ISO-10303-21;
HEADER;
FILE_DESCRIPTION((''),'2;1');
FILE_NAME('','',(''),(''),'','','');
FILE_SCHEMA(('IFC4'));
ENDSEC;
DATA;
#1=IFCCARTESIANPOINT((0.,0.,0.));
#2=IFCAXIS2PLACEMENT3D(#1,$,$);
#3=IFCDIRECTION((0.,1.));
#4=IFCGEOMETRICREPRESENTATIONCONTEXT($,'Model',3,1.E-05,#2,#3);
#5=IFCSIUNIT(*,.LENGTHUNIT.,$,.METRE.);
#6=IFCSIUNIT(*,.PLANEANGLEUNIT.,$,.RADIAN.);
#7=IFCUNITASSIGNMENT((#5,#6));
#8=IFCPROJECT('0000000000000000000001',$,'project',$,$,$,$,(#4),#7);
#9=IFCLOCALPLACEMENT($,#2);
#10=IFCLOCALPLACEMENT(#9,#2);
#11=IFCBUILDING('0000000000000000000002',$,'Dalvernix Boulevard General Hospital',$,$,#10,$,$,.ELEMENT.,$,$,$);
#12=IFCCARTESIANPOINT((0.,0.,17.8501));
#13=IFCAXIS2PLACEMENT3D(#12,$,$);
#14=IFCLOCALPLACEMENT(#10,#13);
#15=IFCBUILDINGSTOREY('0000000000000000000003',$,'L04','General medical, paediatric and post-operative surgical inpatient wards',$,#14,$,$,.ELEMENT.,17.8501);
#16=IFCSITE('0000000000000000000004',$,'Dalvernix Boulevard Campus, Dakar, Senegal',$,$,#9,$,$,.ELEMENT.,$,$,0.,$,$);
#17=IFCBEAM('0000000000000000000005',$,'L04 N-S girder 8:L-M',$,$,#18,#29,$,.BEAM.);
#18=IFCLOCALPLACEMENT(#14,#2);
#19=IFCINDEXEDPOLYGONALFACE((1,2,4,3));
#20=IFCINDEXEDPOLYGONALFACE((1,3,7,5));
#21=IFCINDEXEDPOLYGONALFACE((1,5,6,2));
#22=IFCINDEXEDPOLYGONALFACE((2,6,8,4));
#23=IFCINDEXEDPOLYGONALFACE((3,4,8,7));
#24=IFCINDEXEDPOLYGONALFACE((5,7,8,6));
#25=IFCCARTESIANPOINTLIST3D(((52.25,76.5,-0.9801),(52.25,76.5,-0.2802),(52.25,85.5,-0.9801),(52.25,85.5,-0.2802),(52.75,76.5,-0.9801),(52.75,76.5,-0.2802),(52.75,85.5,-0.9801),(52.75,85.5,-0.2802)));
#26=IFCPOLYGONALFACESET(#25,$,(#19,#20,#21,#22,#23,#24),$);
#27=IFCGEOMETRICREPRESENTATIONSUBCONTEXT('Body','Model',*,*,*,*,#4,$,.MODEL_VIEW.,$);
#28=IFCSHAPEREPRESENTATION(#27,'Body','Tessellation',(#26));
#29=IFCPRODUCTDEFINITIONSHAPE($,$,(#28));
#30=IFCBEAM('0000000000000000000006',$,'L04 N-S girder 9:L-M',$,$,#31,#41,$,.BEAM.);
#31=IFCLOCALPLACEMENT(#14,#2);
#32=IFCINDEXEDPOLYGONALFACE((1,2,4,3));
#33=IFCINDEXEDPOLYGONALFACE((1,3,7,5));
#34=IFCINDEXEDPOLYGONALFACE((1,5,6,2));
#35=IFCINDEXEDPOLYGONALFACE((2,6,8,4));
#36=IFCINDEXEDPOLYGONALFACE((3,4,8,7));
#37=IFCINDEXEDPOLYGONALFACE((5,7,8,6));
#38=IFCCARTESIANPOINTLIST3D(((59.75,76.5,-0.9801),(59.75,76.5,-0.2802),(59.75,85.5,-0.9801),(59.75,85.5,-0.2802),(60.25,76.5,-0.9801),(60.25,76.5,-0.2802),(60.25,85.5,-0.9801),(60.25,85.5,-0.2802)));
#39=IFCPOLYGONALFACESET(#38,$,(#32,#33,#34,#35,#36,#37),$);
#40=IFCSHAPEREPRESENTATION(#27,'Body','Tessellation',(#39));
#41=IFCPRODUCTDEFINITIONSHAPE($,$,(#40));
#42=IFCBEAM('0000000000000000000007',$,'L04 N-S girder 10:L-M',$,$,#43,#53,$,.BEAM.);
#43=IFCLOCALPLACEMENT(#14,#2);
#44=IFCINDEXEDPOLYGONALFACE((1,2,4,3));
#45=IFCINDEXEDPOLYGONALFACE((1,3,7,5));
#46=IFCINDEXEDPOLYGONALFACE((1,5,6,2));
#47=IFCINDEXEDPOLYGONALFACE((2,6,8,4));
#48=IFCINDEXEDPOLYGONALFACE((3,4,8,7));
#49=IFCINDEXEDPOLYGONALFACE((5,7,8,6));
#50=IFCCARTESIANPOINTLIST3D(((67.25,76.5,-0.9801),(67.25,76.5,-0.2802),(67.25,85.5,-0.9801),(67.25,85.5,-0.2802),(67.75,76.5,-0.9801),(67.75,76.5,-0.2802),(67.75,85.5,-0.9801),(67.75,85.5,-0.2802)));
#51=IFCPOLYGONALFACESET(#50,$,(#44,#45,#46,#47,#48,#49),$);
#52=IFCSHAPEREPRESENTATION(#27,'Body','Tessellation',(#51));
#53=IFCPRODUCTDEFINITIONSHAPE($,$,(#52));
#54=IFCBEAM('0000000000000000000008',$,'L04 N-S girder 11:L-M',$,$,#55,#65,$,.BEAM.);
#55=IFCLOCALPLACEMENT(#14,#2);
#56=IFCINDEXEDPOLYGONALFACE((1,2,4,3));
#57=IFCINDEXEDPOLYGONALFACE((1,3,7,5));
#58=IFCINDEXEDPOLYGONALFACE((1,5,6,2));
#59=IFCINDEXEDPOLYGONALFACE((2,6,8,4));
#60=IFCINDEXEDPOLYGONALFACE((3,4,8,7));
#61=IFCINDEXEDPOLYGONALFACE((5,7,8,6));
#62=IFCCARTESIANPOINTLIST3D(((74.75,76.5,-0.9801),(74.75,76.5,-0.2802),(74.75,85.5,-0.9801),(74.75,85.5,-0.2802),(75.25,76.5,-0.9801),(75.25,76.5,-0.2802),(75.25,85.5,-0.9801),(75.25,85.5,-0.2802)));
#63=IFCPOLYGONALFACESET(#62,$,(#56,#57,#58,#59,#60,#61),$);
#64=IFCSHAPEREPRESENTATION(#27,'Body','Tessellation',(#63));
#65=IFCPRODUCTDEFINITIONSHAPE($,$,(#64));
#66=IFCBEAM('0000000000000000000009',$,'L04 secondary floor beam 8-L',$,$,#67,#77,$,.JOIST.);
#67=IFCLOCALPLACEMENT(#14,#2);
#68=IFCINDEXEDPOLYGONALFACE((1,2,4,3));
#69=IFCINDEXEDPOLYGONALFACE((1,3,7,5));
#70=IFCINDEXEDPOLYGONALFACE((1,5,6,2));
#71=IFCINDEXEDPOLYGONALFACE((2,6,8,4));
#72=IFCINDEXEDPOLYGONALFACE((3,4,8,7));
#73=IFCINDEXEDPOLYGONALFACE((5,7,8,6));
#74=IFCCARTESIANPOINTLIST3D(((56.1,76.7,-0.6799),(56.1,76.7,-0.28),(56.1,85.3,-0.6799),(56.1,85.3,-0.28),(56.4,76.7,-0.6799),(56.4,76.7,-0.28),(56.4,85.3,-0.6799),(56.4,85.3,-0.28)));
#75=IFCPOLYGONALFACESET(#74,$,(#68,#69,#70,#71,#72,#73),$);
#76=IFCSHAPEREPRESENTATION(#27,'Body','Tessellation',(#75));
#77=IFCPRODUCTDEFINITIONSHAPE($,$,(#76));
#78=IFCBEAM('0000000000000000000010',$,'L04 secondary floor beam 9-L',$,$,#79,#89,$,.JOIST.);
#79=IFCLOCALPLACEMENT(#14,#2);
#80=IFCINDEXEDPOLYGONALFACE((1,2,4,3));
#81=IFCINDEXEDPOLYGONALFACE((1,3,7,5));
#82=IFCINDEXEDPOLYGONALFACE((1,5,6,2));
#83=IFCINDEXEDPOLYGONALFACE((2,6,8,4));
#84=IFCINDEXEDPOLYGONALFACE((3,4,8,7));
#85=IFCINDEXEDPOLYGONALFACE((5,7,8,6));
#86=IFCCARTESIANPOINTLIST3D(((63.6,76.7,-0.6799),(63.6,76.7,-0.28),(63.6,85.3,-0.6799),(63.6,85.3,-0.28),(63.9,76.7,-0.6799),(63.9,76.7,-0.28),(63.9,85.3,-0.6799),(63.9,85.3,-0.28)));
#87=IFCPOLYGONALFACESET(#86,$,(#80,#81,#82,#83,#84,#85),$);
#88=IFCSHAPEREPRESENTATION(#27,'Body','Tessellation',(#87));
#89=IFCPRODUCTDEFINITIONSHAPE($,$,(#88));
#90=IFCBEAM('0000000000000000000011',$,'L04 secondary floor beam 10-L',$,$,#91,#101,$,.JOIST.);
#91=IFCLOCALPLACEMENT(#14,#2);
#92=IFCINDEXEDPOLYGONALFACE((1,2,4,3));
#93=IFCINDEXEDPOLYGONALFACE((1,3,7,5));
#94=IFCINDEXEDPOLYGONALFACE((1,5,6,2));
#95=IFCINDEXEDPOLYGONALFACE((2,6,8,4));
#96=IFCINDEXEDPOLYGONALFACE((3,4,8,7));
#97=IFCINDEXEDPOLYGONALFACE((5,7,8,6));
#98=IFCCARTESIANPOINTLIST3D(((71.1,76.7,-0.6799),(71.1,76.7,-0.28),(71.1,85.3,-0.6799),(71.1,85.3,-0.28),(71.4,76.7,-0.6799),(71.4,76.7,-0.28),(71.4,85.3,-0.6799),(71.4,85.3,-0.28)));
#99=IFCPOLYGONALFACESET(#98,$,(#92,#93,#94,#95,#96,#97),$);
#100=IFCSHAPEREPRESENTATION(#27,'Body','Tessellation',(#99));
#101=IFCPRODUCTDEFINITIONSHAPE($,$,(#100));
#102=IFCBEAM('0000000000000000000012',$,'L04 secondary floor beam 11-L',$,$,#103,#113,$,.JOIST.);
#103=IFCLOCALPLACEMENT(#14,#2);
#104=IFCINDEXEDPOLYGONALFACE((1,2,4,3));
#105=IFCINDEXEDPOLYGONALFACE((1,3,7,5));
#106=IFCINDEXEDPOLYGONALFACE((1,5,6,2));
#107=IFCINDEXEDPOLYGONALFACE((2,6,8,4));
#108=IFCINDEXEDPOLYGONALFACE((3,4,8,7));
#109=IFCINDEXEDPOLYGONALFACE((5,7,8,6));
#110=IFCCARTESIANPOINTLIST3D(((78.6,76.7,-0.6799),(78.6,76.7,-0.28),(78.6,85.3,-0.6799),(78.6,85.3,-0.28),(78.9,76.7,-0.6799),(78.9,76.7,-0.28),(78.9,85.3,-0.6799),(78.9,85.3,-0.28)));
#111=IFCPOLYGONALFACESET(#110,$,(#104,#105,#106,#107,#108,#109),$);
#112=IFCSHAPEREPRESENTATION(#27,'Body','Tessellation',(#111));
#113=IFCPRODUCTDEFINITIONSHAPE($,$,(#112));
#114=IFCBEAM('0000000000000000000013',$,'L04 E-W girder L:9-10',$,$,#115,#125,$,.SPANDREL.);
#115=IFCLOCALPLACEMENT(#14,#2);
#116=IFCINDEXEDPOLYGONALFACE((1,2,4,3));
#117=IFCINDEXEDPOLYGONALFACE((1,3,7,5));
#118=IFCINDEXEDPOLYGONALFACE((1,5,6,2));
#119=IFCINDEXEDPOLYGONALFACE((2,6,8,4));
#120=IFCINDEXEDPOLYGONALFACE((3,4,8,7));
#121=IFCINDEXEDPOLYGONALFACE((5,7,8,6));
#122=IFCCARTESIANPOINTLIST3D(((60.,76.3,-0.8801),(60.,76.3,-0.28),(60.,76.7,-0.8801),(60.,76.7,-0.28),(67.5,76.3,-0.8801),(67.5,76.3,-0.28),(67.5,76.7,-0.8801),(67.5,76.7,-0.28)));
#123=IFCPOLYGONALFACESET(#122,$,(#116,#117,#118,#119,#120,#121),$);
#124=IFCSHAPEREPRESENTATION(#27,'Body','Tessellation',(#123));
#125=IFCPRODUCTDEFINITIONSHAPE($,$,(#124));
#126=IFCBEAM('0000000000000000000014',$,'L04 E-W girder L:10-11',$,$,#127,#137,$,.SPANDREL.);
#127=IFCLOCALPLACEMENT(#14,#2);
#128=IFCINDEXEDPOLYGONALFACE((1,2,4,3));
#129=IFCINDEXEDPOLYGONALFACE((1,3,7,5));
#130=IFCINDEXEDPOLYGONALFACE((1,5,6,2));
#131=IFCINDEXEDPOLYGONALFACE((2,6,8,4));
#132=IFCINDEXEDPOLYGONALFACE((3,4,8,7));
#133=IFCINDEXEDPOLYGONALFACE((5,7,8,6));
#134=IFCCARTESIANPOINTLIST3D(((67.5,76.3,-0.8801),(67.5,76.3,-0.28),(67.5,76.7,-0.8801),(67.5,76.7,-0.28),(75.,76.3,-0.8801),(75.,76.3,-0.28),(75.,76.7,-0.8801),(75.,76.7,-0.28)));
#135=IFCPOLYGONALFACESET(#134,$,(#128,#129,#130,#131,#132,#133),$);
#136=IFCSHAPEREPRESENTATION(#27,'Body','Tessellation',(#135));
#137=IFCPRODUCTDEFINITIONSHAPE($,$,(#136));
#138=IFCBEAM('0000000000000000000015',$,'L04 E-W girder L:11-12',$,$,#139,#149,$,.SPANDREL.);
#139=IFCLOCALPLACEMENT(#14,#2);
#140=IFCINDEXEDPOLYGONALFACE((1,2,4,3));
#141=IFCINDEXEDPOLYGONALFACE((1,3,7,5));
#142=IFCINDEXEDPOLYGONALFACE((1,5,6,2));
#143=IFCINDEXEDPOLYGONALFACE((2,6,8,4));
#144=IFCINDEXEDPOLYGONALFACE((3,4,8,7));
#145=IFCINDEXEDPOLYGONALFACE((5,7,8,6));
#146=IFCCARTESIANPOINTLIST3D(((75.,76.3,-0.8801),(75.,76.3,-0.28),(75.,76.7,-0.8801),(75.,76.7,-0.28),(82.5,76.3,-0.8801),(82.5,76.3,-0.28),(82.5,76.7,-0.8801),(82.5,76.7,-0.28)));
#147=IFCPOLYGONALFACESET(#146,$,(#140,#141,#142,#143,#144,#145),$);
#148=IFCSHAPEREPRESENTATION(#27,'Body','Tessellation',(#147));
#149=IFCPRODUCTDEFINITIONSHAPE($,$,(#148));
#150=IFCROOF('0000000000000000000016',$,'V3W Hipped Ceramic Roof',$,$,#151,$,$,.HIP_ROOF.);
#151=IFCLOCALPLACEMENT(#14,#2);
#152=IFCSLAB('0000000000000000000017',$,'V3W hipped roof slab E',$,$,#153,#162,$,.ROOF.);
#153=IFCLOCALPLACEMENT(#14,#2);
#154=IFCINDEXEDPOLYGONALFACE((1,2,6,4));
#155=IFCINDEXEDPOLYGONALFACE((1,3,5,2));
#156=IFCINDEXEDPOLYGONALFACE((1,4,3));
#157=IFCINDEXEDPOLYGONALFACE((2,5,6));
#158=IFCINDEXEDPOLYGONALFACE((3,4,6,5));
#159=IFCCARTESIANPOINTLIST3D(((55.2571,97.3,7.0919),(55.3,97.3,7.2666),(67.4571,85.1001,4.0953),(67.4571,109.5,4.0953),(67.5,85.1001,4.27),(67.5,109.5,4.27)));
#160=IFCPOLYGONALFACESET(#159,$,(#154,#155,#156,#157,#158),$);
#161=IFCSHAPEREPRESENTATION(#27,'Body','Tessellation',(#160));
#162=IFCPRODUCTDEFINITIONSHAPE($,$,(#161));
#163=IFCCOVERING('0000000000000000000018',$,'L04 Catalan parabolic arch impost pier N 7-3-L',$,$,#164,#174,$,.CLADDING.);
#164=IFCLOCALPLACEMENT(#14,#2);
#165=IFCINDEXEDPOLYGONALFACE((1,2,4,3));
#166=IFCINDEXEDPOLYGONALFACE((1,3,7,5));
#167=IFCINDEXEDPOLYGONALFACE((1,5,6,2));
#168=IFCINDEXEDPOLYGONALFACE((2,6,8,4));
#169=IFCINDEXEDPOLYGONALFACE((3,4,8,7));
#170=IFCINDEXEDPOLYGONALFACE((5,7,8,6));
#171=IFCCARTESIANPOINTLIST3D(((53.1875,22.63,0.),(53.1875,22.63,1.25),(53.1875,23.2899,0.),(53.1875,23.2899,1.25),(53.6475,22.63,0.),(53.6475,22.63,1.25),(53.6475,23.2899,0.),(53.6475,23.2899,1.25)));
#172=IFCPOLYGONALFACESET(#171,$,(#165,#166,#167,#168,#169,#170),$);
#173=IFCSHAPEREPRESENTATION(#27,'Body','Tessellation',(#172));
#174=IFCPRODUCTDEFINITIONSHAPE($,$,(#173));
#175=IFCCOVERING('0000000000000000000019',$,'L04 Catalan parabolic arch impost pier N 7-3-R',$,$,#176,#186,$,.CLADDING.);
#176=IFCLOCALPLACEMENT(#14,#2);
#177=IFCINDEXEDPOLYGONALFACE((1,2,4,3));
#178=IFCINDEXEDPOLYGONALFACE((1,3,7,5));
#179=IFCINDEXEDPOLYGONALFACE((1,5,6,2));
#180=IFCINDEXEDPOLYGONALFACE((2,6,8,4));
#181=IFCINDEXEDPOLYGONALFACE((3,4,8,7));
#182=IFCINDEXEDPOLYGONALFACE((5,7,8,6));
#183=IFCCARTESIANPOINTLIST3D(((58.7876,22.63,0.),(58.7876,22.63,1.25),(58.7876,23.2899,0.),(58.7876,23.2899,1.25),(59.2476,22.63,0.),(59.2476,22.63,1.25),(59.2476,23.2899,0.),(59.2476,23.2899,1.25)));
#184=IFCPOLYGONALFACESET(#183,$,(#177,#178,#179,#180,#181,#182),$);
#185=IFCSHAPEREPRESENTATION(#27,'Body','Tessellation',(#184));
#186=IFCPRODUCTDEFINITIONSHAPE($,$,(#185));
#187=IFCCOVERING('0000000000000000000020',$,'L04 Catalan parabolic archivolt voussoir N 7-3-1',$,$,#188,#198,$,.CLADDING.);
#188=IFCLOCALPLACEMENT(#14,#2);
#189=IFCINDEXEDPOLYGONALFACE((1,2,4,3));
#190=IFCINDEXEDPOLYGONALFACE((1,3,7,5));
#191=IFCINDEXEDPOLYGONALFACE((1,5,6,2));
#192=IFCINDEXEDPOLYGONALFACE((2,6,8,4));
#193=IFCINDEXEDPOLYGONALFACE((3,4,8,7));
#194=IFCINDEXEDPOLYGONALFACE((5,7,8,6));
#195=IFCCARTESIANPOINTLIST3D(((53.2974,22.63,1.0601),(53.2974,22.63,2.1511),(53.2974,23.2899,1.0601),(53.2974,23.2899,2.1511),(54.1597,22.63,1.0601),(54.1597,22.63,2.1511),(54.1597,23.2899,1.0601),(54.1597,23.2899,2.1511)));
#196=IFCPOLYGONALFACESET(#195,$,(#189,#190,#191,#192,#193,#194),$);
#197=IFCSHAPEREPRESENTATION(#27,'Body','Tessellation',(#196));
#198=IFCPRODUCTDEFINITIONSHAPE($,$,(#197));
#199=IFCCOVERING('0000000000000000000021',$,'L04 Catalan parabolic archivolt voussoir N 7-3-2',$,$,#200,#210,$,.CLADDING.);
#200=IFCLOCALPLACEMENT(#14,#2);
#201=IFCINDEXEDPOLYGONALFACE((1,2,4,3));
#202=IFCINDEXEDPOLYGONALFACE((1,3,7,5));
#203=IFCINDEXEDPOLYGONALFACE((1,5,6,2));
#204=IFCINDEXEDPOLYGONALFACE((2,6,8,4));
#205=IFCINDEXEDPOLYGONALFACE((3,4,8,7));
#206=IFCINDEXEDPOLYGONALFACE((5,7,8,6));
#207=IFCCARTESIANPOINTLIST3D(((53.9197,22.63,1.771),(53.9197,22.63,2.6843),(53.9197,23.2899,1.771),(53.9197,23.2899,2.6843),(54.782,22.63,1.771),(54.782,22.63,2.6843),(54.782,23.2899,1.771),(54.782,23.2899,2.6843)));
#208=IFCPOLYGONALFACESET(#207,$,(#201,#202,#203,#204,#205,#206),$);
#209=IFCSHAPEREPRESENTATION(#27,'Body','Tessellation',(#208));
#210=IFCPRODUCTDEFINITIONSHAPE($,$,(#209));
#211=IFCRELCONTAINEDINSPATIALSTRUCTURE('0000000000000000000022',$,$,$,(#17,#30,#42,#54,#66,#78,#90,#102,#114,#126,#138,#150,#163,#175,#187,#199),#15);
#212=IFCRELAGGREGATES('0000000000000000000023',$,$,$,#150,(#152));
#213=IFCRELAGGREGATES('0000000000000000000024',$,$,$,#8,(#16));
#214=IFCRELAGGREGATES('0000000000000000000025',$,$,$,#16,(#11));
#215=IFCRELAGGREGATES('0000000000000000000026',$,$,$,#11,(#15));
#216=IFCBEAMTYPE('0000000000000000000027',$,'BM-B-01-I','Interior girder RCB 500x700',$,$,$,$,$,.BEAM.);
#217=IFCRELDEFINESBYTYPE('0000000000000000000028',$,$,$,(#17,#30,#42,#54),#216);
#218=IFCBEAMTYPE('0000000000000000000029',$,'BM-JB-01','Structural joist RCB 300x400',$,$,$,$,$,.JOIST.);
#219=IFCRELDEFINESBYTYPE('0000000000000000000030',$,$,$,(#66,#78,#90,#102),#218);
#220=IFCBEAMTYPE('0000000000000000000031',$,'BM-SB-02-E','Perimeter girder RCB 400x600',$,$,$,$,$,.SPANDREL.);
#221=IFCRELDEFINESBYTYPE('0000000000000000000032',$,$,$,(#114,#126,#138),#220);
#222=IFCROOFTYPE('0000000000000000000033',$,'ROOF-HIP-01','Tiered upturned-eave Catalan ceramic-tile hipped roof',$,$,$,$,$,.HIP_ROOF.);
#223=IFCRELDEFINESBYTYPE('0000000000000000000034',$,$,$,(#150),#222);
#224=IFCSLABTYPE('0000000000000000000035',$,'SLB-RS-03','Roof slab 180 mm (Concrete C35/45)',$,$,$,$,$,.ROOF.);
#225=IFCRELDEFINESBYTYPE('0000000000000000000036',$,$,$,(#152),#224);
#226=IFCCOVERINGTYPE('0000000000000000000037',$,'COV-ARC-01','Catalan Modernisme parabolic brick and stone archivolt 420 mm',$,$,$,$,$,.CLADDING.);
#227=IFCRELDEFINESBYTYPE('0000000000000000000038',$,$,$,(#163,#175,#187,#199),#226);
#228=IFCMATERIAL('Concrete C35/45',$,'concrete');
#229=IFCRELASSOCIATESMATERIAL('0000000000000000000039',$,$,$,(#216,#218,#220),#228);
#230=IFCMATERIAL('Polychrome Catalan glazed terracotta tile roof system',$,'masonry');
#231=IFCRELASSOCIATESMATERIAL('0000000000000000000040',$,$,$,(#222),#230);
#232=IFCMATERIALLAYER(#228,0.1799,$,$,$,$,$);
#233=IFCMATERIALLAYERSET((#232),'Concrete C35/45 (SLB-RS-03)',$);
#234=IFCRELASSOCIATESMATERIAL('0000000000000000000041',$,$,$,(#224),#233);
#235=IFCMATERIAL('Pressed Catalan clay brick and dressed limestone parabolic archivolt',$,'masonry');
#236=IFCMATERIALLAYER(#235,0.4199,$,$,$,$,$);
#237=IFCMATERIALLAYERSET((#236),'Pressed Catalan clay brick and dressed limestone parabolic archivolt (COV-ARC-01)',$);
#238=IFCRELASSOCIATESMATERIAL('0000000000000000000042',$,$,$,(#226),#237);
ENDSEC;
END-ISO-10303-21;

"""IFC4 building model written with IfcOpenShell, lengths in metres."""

from ifc_helpers import new_model, si_unit, direction, frame, origin, origin_2d, place, context, subcontext, project, spatial, polyline, rectangle, outline, extrude, material, layer, layer_set, material_profile, profile_set, type_object, element, aggregate, save


model = new_model("IFC4")

# Units and contexts
model_context = context("Model", 3, precision=1e-05, world=origin(), true_north=direction((0.0, 1.0)))
body_context = subcontext(model_context, "Body", "Model", "MODEL_VIEW")
ifc_project = project(units=[si_unit("LENGTHUNIT", "METRE"), si_unit("PLANEANGLEUNIT", "RADIAN")], contexts=[model_context])

# Site, building, storey
site_placement = place(None, origin())
site = spatial("IfcSite", under=ifc_project, at=site_placement, Name="Dalvernix Boulevard Campus, Dakar, Senegal", CompositionType="ELEMENT", RefElevation=0.0)
building_placement = place(site_placement, origin())
building = spatial("IfcBuilding", under=site, at=building_placement, Name="Dalvernix Boulevard General Hospital", CompositionType="ELEMENT")
storey_placement = place(building_placement, frame((0.0, 0.0, 17.8501)))
storey = spatial("IfcBuildingStorey", under=building, at=storey_placement, Name="L04", Description="General medical, paediatric and post-operative surgical inpatient wards", CompositionType="ELEMENT", Elevation=17.8501)

# Beams
ifc_material_1 = material(Name="Concrete C35/45", Category="concrete")
ifc_material_profile_1 = material_profile(ifc_material_1, rectangle(XDim=0.5, YDim=0.7, at=origin_2d()), Name="RCB 500x700")
ifc_profile_set_1 = profile_set([ifc_material_profile_1], Name="Concrete C35/45")
beam_type_1 = type_object("IfcBeamType", Name="BM-B-01-I", Description="Interior girder RCB 500x700", PredefinedType="BEAM", material=ifc_profile_set_1)
for number, where, z_axis, x_axis, name in (
    (1, (52.5, 76.5, -0.6301), (0.0, 1.0, 0.0), (-1.0, 0.0, 0.0), "L04 N-S girder 8:L-M"),
    (2, (60.0, 76.5, -0.6301), (0.0, 1.0, 0.0), (-1.0, 0.0, 0.0), "L04 N-S girder 9:L-M"),
    (3, (67.5, 76.5, -0.6301), (0.0, 1.0, 0.0), (-1.0, 0.0, 0.0), "L04 N-S girder 10:L-M"),
    (4, (75.0, 76.5, -0.6301), (0.0, 1.0, 0.0), (-1.0, 0.0, 0.0), "L04 N-S girder 11:L-M"),
):
    element("IfcBeam", number, at=place(storey_placement, frame(where, z_axis=z_axis, x_axis=x_axis)), inside=storey, type_object=beam_type_1, Name=name, PredefinedType="BEAM", context=body_context, shape_type="SweptSolid", body=[
        extrude(rectangle(XDim=0.5, YDim=0.7, at=origin_2d()), origin(), (0.0, 0.0, 1.0), 9.0),
    ])
ifc_material_profile_2 = material_profile(ifc_material_1, rectangle(XDim=0.3, YDim=0.3999, at=origin_2d()), Name="RCB 300x400")
ifc_profile_set_2 = profile_set([ifc_material_profile_2], Name="Concrete C35/45")
beam_type_2 = type_object("IfcBeamType", Name="BM-JB-01", Description="Structural joist RCB 300x400", PredefinedType="JOIST", material=ifc_profile_set_2)
for number, where, z_axis, x_axis, name in (
    (5, (56.25, 76.7, -0.48), (0.0, 1.0, 0.0), (-1.0, 0.0, 0.0), "L04 secondary floor beam 8-L"),
    (6, (63.75, 76.7, -0.48), (0.0, 1.0, 0.0), (-1.0, 0.0, 0.0), "L04 secondary floor beam 9-L"),
    (7, (71.25, 76.7, -0.48), (0.0, 1.0, 0.0), (-1.0, 0.0, 0.0), "L04 secondary floor beam 10-L"),
    (8, (78.75, 76.7, -0.48), (0.0, 1.0, 0.0), (-1.0, 0.0, 0.0), "L04 secondary floor beam 11-L"),
):
    element("IfcBeam", number, at=place(storey_placement, frame(where, z_axis=z_axis, x_axis=x_axis)), inside=storey, type_object=beam_type_2, Name=name, PredefinedType="JOIST", context=body_context, shape_type="SweptSolid", body=[
        extrude(rectangle(XDim=0.3, YDim=0.3999, at=origin_2d()), origin(), (0.0, 0.0, 1.0), 8.6001),
    ])
ifc_material_profile_3 = material_profile(ifc_material_1, rectangle(XDim=0.3999, YDim=0.6001, at=origin_2d()), Name="RCB 400x600")
ifc_profile_set_3 = profile_set([ifc_material_profile_3], Name="Concrete C35/45")
beam_type_3 = type_object("IfcBeamType", Name="BM-SB-02-E", Description="Perimeter girder RCB 400x600", PredefinedType="SPANDREL", material=ifc_profile_set_3)
for number, where, z_axis, x_axis, name in (
    (9, (60.0, 76.5, -0.5801), (1.0, 0.0, 0.0), (0.0, 1.0, 0.0), "L04 E-W girder L:9-10"),
    (10, (67.5, 76.5, -0.5801), (1.0, 0.0, 0.0), (0.0, 1.0, 0.0), "L04 E-W girder L:10-11"),
    (11, (75.0, 76.5, -0.5801), (1.0, 0.0, 0.0), (0.0, 1.0, 0.0), "L04 E-W girder L:11-12"),
):
    element("IfcBeam", number, at=place(storey_placement, frame(where, z_axis=z_axis, x_axis=x_axis)), inside=storey, type_object=beam_type_3, Name=name, PredefinedType="SPANDREL", context=body_context, shape_type="SweptSolid", body=[
        extrude(rectangle(XDim=0.3999, YDim=0.6001, at=origin_2d()), origin(), (0.0, 0.0, 1.0), 7.5),
    ])

# Roof, slab
ifc_material_2 = material(Name="Polychrome Catalan glazed terracotta tile roof system", Category="masonry")
roof_type = type_object("IfcRoofType", Name="ROOF-HIP-01", Description="Tiered upturned-eave Catalan ceramic-tile hipped roof", PredefinedType="HIP_ROOF", material=ifc_material_2)
roof_placement = place(storey_placement, origin())
roof = element("IfcRoof", 12, at=roof_placement, inside=storey, type_object=roof_type, Name="V3W Hipped Ceramic Roof", PredefinedType="HIP_ROOF")
ifc_layer_1 = layer(ifc_material_1, 0.1799)
ifc_layer_set_1 = layer_set([ifc_layer_1], Name="Concrete C35/45 (SLB-RS-03)")
slab_type = type_object("IfcSlabType", Name="SLB-RS-03", Description="Roof slab 180 mm (Concrete C35/45)", PredefinedType="ROOF", material=ifc_layer_set_1)
slab_placement = place(storey_placement, frame((67.5, 85.1001, 4.27), z_axis=(0.238532, 0.0, 0.971135), x_axis=(0.0, 1.0, 0.0)))
slab = element("IfcSlab", 13, at=slab_placement, type_object=slab_type, Name="V3W hipped roof slab E", PredefinedType="ROOF", context=body_context, shape_type="SweptSolid", body=[
    extrude(outline(polyline([(0.0, 0.0), (24.3999, 0.0), (12.2, 12.5626), (0.0, 0.0)])), origin(), (0.0, 0.0, -1.0), 0.1799),
])
aggregate(roof, [slab])

# Coverings
ifc_material_3 = material(Name="Pressed Catalan clay brick and dressed limestone parabolic archivolt", Category="masonry")
ifc_layer_2 = layer(ifc_material_3, 0.4199)
ifc_layer_set_2 = layer_set([ifc_layer_2], Name="Pressed Catalan clay brick and dressed limestone parabolic archivolt (COV-ARC-01)")
covering_type_1 = type_object("IfcCoveringType", Name="COV-ARC-01", Description="Catalan Modernisme parabolic brick and stone archivolt 420 mm", PredefinedType="CLADDING", material=ifc_layer_set_2)
for number, where, z_axis, x_axis, name in (
    (14, (53.4175, 22.96, 0.0), (0.0, 0.0, 1.0), (1.0, 0.0, 0.0), "L04 Catalan parabolic arch impost pier N 7-3-L"),
    (15, (59.0176, 22.96, 0.0), (0.0, 0.0, 1.0), (1.0, 0.0, 0.0), "L04 Catalan parabolic arch impost pier N 7-3-R"),
):
    element("IfcCovering", number, at=place(storey_placement, frame(where, z_axis=z_axis, x_axis=x_axis)), inside=storey, type_object=covering_type_1, Name=name, PredefinedType="CLADDING", context=body_context, shape_type="SweptSolid", body=[
        extrude(rectangle(XDim=0.46, YDim=0.6599, at=origin_2d()), origin(), (0.0, 0.0, 1.0), 1.25),
    ])
covering_1_placement = place(storey_placement, frame((53.7285, 22.96, 1.0601), z_axis=(0.0, 0.0, 1.0), x_axis=(1.0, 0.0, 0.0)))
element("IfcCovering", 16, at=covering_1_placement, inside=storey, type_object=covering_type_1, Name="L04 Catalan parabolic archivolt voussoir N 7-3-1", PredefinedType="CLADDING", context=body_context, shape_type="SweptSolid", body=[
    extrude(rectangle(XDim=0.8623, YDim=0.6599, at=origin_2d()), origin(), (0.0, 0.0, 1.0), 1.0911),
])
covering_2_placement = place(storey_placement, frame((54.3508, 22.96, 1.771), z_axis=(0.0, 0.0, 1.0), x_axis=(1.0, 0.0, 0.0)))
element("IfcCovering", 17, at=covering_2_placement, inside=storey, type_object=covering_type_1, Name="L04 Catalan parabolic archivolt voussoir N 7-3-2", PredefinedType="CLADDING", context=body_context, shape_type="SweptSolid", body=[
    extrude(rectangle(XDim=0.8623, YDim=0.6599, at=origin_2d()), origin(), (0.0, 0.0, 1.0), 0.9133),
])

save(model, "model.ifc")
